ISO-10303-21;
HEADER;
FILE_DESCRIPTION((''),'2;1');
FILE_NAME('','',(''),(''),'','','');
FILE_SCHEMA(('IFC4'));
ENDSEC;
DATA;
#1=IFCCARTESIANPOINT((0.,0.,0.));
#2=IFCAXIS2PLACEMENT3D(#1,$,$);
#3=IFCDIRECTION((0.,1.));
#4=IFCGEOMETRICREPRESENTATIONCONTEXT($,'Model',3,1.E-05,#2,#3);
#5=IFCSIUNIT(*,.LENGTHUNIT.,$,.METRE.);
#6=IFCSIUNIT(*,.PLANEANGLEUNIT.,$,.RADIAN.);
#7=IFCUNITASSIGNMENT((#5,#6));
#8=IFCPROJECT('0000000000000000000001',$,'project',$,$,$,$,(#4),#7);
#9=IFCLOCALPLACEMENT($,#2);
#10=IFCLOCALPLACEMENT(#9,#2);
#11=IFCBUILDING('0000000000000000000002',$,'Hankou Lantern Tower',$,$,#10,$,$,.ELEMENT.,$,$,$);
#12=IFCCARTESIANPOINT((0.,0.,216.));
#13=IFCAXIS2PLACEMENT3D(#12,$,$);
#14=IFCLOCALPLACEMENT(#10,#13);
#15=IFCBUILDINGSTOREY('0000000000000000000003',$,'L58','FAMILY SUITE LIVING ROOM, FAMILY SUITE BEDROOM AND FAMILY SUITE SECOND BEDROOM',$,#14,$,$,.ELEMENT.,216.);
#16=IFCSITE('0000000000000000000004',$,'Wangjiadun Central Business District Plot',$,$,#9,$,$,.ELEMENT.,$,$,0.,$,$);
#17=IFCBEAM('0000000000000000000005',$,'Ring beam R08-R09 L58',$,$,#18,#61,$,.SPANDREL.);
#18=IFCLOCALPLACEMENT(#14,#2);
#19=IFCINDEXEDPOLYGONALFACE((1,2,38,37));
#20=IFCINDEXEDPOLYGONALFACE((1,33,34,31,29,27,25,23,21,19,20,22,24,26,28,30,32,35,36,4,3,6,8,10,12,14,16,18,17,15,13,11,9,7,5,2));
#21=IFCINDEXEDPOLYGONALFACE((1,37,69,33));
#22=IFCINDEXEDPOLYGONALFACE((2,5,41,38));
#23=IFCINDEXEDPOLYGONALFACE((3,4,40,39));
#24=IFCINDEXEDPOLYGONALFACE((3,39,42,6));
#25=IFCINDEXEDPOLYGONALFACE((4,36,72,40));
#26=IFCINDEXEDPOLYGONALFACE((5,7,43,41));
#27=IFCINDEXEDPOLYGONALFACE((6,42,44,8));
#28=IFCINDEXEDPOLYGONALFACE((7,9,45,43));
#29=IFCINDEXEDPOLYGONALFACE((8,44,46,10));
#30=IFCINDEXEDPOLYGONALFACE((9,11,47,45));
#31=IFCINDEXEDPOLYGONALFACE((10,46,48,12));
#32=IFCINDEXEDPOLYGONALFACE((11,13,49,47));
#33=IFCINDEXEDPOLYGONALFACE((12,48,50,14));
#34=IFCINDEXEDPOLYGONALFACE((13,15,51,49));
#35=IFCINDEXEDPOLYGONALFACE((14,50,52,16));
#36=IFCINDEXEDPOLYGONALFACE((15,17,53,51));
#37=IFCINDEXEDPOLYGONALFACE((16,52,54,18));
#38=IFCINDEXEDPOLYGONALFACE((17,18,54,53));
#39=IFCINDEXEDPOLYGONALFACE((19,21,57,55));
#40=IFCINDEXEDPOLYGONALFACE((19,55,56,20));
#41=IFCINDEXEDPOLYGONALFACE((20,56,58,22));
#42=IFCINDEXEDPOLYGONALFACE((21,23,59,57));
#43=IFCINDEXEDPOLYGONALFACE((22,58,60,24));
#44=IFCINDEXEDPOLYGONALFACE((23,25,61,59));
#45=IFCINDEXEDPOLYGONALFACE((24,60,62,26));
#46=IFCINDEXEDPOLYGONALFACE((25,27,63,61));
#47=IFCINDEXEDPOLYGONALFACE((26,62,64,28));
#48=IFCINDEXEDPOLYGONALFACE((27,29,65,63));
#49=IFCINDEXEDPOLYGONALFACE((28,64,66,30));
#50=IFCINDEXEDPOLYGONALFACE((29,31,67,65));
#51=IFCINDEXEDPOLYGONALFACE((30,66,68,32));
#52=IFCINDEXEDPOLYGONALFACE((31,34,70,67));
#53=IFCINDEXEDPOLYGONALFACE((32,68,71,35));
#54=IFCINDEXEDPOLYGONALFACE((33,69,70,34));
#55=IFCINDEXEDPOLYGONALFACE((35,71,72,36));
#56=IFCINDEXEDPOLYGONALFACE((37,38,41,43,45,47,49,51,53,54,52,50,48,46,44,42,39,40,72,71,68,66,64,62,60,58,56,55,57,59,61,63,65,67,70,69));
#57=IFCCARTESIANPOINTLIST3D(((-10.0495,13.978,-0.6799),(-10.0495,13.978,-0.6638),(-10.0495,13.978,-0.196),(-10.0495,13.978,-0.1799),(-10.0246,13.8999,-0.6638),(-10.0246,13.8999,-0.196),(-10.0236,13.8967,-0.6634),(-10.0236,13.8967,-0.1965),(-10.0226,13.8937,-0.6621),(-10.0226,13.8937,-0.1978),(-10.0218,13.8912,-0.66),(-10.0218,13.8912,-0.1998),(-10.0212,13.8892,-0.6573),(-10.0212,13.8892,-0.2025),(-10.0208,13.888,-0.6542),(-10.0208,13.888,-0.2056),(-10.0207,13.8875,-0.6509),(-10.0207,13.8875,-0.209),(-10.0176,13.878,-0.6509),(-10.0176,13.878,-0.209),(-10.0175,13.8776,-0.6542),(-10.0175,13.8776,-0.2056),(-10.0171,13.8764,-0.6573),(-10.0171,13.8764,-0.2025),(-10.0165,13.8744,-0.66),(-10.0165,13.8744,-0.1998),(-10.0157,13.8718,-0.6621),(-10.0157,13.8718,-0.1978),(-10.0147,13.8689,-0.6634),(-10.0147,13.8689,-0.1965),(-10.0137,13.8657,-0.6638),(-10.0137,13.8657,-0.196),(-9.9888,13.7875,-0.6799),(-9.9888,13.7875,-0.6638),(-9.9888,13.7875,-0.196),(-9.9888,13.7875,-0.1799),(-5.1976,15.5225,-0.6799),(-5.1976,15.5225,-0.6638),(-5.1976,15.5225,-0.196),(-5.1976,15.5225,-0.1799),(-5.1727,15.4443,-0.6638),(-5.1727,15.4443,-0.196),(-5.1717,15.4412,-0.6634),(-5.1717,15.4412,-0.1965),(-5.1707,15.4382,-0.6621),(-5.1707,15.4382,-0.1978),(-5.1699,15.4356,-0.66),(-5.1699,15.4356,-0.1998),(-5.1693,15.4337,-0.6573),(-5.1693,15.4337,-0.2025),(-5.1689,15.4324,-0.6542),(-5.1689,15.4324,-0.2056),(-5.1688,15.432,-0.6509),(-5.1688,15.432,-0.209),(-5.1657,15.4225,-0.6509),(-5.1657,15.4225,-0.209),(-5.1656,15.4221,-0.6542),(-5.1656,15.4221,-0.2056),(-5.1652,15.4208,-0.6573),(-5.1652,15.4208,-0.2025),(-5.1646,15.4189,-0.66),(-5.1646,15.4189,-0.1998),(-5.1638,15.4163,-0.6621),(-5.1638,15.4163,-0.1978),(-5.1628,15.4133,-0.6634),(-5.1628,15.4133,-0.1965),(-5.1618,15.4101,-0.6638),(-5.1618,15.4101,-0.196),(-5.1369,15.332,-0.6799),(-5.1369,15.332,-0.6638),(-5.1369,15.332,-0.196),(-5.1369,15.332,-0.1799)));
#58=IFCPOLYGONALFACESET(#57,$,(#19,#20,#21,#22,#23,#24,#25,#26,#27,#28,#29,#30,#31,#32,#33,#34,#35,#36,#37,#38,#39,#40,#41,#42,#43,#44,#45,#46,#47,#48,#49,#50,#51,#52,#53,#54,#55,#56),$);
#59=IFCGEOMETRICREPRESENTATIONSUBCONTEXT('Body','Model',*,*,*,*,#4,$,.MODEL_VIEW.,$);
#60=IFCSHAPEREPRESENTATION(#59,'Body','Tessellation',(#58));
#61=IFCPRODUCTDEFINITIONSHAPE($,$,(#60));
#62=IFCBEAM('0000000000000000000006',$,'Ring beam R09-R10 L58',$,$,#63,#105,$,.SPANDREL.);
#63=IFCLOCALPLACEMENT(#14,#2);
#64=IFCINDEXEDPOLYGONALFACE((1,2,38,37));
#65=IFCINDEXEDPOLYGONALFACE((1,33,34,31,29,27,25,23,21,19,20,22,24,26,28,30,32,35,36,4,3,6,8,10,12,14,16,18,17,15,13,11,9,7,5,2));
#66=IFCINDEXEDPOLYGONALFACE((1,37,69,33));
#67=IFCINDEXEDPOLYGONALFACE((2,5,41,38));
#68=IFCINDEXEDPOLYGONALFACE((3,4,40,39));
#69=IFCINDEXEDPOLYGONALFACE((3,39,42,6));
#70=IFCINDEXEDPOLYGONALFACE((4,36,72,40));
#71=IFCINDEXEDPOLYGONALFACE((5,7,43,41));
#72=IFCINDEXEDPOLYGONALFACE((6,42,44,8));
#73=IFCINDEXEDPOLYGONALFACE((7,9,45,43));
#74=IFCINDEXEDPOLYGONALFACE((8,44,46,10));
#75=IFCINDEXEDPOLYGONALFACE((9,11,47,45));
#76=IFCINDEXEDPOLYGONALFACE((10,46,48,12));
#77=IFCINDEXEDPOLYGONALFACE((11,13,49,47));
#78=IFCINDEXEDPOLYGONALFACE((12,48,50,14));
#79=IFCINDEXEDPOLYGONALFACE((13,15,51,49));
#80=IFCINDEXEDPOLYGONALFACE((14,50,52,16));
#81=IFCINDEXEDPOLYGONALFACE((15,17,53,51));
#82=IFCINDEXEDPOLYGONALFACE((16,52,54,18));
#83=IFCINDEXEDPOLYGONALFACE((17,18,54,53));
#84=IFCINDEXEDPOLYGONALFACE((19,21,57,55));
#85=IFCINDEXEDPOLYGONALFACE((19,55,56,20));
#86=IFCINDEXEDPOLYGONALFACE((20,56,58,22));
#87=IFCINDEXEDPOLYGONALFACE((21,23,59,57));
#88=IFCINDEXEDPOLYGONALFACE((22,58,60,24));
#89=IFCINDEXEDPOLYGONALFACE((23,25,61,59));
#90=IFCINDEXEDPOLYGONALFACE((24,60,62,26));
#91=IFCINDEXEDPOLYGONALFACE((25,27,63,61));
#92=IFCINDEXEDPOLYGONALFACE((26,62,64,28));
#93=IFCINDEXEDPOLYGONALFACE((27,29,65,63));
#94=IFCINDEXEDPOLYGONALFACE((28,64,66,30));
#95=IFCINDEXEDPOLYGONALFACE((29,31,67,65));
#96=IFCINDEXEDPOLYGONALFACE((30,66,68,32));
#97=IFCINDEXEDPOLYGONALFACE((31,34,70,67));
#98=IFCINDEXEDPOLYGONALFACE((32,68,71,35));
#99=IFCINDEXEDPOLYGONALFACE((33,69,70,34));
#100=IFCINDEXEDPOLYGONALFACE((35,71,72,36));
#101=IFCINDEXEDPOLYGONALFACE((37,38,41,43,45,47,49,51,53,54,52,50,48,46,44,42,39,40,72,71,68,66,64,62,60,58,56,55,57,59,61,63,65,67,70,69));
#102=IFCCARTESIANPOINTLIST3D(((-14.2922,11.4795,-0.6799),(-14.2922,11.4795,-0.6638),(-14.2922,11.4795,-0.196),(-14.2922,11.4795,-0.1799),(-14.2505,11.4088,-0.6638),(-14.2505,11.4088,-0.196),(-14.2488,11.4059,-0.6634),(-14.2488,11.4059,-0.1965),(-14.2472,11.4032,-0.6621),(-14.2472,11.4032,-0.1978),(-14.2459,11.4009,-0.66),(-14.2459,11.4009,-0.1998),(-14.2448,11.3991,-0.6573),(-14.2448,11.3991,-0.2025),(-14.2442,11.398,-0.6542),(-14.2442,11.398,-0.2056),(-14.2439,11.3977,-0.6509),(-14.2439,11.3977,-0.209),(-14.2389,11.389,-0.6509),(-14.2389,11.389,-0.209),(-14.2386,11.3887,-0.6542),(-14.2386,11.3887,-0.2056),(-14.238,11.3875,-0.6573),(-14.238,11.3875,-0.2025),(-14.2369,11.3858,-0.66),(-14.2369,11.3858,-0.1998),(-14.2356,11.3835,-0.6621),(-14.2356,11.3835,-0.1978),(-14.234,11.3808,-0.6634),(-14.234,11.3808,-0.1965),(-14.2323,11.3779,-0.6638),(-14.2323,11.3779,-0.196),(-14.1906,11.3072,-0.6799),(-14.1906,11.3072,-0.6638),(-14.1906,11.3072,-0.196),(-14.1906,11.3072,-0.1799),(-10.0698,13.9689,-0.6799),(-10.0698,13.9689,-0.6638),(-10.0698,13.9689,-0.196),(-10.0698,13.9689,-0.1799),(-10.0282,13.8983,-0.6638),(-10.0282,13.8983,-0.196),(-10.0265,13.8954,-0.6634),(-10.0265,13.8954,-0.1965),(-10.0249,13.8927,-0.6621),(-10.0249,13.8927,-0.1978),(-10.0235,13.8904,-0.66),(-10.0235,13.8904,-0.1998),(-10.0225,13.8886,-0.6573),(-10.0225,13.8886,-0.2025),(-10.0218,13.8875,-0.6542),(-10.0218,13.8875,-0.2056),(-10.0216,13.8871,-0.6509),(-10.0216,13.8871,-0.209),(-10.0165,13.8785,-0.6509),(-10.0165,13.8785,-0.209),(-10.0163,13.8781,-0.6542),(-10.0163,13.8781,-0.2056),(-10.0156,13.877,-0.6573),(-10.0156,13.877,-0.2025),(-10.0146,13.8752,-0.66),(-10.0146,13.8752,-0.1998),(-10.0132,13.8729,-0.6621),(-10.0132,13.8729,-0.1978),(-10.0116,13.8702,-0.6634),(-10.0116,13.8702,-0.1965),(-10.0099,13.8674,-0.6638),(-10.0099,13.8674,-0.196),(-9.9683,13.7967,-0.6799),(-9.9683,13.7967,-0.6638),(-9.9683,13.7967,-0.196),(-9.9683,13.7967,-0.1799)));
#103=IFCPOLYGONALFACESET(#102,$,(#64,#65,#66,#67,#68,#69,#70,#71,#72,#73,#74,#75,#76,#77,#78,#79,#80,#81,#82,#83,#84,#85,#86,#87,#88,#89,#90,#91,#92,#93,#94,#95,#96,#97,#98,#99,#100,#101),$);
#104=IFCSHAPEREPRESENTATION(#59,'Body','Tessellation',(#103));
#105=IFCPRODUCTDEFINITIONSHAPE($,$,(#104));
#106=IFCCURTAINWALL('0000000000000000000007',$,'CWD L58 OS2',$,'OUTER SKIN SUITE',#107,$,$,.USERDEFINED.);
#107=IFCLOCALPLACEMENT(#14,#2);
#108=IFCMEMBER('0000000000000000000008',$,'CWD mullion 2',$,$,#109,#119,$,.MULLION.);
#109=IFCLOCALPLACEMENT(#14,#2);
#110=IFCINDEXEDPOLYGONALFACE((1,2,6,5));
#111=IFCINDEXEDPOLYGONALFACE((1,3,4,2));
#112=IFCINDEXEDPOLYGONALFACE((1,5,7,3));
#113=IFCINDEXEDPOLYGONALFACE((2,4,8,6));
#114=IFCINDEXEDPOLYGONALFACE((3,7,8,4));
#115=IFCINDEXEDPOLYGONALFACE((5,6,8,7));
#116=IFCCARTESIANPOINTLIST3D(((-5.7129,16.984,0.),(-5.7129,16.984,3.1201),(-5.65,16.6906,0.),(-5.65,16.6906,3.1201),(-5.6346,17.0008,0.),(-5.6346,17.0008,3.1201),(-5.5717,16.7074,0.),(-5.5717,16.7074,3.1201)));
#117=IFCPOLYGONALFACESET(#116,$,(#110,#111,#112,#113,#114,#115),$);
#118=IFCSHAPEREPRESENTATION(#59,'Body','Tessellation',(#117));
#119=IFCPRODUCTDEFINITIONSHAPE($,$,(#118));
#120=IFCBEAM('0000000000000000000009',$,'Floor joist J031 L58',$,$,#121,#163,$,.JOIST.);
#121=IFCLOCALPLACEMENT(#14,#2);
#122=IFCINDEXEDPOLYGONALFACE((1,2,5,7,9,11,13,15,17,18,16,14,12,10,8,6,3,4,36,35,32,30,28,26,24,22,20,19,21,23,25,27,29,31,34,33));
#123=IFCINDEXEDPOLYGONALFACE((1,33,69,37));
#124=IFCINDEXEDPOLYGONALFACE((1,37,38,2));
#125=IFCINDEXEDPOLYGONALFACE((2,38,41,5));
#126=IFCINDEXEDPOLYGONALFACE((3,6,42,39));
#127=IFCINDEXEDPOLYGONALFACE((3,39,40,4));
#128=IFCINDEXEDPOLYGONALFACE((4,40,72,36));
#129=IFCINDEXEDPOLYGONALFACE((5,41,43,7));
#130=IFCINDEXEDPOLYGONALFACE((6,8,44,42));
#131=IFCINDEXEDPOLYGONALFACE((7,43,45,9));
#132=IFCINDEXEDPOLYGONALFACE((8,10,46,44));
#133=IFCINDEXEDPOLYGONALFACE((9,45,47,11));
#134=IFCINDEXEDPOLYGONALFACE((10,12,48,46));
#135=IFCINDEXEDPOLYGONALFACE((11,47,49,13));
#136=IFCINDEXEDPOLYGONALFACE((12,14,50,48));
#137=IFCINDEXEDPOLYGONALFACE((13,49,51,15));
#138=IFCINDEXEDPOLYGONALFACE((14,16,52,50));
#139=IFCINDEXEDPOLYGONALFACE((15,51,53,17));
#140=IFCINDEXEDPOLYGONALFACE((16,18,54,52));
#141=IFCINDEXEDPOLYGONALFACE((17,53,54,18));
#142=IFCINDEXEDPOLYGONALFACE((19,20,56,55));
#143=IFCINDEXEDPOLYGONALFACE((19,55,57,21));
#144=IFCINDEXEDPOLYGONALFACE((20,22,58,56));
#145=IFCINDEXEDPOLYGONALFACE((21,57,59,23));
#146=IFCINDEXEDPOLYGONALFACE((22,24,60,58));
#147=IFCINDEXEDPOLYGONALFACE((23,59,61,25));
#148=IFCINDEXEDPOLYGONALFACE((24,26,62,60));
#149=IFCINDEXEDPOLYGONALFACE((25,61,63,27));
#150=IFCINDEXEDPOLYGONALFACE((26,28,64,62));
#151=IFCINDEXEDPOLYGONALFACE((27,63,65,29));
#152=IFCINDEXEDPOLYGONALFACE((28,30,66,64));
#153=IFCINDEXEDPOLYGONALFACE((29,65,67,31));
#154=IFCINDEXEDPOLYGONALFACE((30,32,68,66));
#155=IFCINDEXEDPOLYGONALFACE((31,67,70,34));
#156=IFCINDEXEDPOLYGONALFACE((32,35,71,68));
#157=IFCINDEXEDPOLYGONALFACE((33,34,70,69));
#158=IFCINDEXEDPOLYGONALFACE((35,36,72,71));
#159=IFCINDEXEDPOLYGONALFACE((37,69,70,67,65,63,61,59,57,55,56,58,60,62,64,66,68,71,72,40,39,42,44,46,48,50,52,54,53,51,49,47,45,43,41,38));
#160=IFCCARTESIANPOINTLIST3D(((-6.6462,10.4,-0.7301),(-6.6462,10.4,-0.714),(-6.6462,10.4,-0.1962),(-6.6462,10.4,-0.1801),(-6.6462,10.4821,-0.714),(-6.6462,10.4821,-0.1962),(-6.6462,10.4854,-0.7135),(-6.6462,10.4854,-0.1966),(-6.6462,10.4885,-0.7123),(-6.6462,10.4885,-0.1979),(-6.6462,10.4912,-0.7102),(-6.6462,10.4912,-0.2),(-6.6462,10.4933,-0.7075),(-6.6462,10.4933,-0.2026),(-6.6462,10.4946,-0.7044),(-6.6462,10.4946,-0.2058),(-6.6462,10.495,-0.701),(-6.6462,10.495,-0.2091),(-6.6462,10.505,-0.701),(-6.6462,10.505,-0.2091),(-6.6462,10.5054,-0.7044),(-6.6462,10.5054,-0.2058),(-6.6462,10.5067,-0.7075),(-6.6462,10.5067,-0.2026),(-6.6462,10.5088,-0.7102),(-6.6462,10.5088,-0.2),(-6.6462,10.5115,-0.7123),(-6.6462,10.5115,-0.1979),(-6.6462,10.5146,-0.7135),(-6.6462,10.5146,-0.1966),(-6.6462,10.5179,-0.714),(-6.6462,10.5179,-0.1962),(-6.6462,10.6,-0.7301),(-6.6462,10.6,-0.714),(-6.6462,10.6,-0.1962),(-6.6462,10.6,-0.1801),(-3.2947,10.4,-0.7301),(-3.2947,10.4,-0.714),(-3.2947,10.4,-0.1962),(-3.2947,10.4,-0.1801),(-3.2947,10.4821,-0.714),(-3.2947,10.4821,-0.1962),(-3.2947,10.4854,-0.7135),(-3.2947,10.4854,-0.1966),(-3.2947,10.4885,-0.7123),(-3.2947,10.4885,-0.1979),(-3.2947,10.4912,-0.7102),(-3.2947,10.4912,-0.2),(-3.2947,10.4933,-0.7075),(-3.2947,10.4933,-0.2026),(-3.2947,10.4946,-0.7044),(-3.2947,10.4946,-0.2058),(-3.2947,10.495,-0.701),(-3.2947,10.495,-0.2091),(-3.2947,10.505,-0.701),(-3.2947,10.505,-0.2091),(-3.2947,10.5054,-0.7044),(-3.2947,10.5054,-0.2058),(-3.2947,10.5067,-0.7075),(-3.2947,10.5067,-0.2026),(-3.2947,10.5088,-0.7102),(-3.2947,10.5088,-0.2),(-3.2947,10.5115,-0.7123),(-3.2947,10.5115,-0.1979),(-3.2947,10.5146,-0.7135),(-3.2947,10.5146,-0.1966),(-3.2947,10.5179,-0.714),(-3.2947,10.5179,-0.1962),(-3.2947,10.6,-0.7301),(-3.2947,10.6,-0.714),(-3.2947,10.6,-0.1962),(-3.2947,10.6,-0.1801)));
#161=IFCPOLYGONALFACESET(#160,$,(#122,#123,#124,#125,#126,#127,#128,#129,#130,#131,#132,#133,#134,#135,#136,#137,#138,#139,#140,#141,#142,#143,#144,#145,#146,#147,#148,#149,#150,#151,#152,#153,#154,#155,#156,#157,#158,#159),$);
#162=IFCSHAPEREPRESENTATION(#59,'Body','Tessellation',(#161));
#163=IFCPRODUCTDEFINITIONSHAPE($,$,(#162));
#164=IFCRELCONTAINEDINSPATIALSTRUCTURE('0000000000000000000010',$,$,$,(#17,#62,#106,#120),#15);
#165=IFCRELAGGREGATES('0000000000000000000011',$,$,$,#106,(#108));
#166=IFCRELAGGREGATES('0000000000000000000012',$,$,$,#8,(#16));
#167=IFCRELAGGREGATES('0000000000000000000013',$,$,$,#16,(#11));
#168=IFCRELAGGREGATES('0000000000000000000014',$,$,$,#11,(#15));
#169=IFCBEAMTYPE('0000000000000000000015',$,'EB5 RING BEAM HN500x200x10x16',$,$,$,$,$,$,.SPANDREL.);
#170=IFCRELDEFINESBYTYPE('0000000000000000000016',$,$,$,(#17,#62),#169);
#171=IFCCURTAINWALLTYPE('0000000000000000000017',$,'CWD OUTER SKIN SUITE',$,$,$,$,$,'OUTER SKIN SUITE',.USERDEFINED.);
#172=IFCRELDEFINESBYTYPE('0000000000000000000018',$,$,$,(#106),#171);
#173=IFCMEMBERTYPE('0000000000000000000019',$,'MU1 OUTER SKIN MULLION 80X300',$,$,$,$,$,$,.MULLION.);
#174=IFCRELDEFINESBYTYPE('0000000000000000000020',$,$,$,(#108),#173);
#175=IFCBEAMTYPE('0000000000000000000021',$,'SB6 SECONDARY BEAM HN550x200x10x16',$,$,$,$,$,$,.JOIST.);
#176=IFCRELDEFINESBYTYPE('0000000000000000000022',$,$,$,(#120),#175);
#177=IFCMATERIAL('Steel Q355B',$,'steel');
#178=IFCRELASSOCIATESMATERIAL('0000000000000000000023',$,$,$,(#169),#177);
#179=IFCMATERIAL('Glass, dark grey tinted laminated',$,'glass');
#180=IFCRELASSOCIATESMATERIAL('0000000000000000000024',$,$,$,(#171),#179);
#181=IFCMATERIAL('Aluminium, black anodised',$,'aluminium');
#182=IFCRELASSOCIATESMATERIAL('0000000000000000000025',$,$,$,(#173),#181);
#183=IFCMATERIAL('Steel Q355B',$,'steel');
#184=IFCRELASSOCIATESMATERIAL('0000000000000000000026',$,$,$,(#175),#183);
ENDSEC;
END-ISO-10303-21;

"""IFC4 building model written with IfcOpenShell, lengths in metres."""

from ifc_helpers import new_model, si_unit, direction, frame, origin, origin_2d, place, context, subcontext, project, spatial, rectangle, i_section, extrude, material, material_profile, profile_set, type_object, element, aggregate, save


model = new_model("IFC4")

# Units and contexts
model_context = context("Model", 3, precision=1e-05, world=origin(), true_north=direction((0.0, 1.0)))
body_context = subcontext(model_context, "Body", "Model", "MODEL_VIEW")
ifc_project = project(units=[si_unit("LENGTHUNIT", "METRE"), si_unit("PLANEANGLEUNIT", "RADIAN")], contexts=[model_context])

# Site, building, storey
site_placement = place(None, origin())
site = spatial("IfcSite", under=ifc_project, at=site_placement, Name="Wangjiadun Central Business District Plot", CompositionType="ELEMENT", RefElevation=0.0)
building_placement = place(site_placement, origin())
building = spatial("IfcBuilding", under=site, at=building_placement, Name="Hankou Lantern Tower", CompositionType="ELEMENT")
storey_placement = place(building_placement, frame((0.0, 0.0, 216.0)))
storey = spatial("IfcBuildingStorey", under=building, at=storey_placement, Name="L58", Description="FAMILY SUITE LIVING ROOM, FAMILY SUITE BEDROOM AND FAMILY SUITE SECOND BEDROOM", CompositionType="ELEMENT", Elevation=216.0)

# Beams
ifc_material_1 = material(Name="Steel Q355B", Category="steel")
ifc_material_profile_1 = material_profile(ifc_material_1, i_section(OverallWidth=0.2, OverallDepth=0.5, WebThickness=0.01, FlangeThickness=0.0161, FilletRadius=0.0129, at=origin_2d()), Name="HN500x200x10x16")
ifc_profile_set_1 = profile_set([ifc_material_profile_1], Name="Steel Q355B")
beam_type_1 = type_object("IfcBeamType", Name="EB5 RING BEAM HN500x200x10x16", PredefinedType="SPANDREL", material=ifc_profile_set_1)
beam_1_placement = place(storey_placement, frame((-5.1672, 15.4272, -0.4299), z_axis=(-0.952887, -0.303324, 0.0), x_axis=(0.303324, -0.952887, 0.0)))
element("IfcBeam", 1, at=beam_1_placement, inside=storey, type_object=beam_type_1, Name="Ring beam R08-R09 L58", PredefinedType="SPANDREL", context=body_context, shape_type="SweptSolid", body=[
    extrude(i_section(OverallWidth=0.2, OverallDepth=0.5, WebThickness=0.01, FlangeThickness=0.0161, FilletRadius=0.0129, at=origin_2d()), origin(), (0.0, 0.0, 1.0), 5.0918),
])
beam_2_placement = place(storey_placement, frame((-10.019, 13.8828, -0.4299), z_axis=(-0.861423, -0.507888, 0.0), x_axis=(0.507888, -0.861423, 0.0)))
element("IfcBeam", 2, at=beam_2_placement, inside=storey, type_object=beam_type_1, Name="Ring beam R09-R10 L58", PredefinedType="SPANDREL", context=body_context, shape_type="SweptSolid", body=[
    extrude(i_section(OverallWidth=0.2, OverallDepth=0.5, WebThickness=0.01, FlangeThickness=0.0161, FilletRadius=0.0129, at=origin_2d()), origin(), (0.0, 0.0, 1.0), 4.9016),
])

# Curtain wall, member
ifc_material_2 = material(Name="Glass, dark grey tinted laminated", Category="glass")
curtain_wall_type = type_object("IfcCurtainWallType", Name="CWD OUTER SKIN SUITE", ElementType="OUTER SKIN SUITE", PredefinedType="USERDEFINED", material=ifc_material_2)
curtain_wall_placement = place(storey_placement, origin())
curtain_wall = element("IfcCurtainWall", 3, at=curtain_wall_placement, inside=storey, type_object=curtain_wall_type, Name="CWD L58 OS2", ObjectType="OUTER SKIN SUITE", PredefinedType="USERDEFINED")
ifc_material_3 = material(Name="Aluminium, black anodised", Category="aluminium")
ifc_material_profile_2 = material_profile(ifc_material_3, rectangle(XDim=0.0801, YDim=0.3, at=origin_2d()), Name="MU1 80X300")
ifc_profile_set_2 = profile_set([ifc_material_profile_2], Name="Aluminium, black anodised")
member_type_1 = type_object("IfcMemberType", Name="MU1 OUTER SKIN MULLION 80X300", PredefinedType="MULLION", material=ifc_profile_set_2)
member_1_placement = place(storey_placement, frame((-5.6423, 16.8457, 0.0), z_axis=(0.0, 0.0, 1.0), x_axis=(-0.977788, -0.209598, 0.0)))
member_1 = element("IfcMember", 4, at=member_1_placement, type_object=member_type_1, Name="CWD mullion 2", PredefinedType="MULLION", context=body_context, shape_type="SweptSolid", body=[
    extrude(rectangle(XDim=0.0801, YDim=0.3, at=origin_2d()), origin(), (0.0, 0.0, 1.0), 3.1201),
])

# Beam
ifc_material_4 = material(Name="Steel Q355B", Category="steel")
ifc_material_profile_3 = material_profile(ifc_material_4, i_section(OverallWidth=0.2, OverallDepth=0.55, WebThickness=0.01, FlangeThickness=0.0161, FilletRadius=0.0129, at=origin_2d()), Name="HN550x200x10x16")
ifc_profile_set_3 = profile_set([ifc_material_profile_3], Name="Steel Q355B")
beam_type_2 = type_object("IfcBeamType", Name="SB6 SECONDARY BEAM HN550x200x10x16", PredefinedType="JOIST", material=ifc_profile_set_3)
beam_3_placement = place(storey_placement, frame((-6.6462, 10.5, -0.4551), z_axis=(1.0, 0.0, 0.0), x_axis=(0.0, 1.0, 0.0)))
element("IfcBeam", 5, at=beam_3_placement, inside=storey, type_object=beam_type_2, Name="Floor joist J031 L58", PredefinedType="JOIST", context=body_context, shape_type="SweptSolid", body=[
    extrude(i_section(OverallWidth=0.2, OverallDepth=0.55, WebThickness=0.01, FlangeThickness=0.0161, FilletRadius=0.0129, at=origin_2d()), origin(), (0.0, 0.0, 1.0), 3.3516),
])

aggregate(curtain_wall, [member_1])

save(model, "model.ifc")
